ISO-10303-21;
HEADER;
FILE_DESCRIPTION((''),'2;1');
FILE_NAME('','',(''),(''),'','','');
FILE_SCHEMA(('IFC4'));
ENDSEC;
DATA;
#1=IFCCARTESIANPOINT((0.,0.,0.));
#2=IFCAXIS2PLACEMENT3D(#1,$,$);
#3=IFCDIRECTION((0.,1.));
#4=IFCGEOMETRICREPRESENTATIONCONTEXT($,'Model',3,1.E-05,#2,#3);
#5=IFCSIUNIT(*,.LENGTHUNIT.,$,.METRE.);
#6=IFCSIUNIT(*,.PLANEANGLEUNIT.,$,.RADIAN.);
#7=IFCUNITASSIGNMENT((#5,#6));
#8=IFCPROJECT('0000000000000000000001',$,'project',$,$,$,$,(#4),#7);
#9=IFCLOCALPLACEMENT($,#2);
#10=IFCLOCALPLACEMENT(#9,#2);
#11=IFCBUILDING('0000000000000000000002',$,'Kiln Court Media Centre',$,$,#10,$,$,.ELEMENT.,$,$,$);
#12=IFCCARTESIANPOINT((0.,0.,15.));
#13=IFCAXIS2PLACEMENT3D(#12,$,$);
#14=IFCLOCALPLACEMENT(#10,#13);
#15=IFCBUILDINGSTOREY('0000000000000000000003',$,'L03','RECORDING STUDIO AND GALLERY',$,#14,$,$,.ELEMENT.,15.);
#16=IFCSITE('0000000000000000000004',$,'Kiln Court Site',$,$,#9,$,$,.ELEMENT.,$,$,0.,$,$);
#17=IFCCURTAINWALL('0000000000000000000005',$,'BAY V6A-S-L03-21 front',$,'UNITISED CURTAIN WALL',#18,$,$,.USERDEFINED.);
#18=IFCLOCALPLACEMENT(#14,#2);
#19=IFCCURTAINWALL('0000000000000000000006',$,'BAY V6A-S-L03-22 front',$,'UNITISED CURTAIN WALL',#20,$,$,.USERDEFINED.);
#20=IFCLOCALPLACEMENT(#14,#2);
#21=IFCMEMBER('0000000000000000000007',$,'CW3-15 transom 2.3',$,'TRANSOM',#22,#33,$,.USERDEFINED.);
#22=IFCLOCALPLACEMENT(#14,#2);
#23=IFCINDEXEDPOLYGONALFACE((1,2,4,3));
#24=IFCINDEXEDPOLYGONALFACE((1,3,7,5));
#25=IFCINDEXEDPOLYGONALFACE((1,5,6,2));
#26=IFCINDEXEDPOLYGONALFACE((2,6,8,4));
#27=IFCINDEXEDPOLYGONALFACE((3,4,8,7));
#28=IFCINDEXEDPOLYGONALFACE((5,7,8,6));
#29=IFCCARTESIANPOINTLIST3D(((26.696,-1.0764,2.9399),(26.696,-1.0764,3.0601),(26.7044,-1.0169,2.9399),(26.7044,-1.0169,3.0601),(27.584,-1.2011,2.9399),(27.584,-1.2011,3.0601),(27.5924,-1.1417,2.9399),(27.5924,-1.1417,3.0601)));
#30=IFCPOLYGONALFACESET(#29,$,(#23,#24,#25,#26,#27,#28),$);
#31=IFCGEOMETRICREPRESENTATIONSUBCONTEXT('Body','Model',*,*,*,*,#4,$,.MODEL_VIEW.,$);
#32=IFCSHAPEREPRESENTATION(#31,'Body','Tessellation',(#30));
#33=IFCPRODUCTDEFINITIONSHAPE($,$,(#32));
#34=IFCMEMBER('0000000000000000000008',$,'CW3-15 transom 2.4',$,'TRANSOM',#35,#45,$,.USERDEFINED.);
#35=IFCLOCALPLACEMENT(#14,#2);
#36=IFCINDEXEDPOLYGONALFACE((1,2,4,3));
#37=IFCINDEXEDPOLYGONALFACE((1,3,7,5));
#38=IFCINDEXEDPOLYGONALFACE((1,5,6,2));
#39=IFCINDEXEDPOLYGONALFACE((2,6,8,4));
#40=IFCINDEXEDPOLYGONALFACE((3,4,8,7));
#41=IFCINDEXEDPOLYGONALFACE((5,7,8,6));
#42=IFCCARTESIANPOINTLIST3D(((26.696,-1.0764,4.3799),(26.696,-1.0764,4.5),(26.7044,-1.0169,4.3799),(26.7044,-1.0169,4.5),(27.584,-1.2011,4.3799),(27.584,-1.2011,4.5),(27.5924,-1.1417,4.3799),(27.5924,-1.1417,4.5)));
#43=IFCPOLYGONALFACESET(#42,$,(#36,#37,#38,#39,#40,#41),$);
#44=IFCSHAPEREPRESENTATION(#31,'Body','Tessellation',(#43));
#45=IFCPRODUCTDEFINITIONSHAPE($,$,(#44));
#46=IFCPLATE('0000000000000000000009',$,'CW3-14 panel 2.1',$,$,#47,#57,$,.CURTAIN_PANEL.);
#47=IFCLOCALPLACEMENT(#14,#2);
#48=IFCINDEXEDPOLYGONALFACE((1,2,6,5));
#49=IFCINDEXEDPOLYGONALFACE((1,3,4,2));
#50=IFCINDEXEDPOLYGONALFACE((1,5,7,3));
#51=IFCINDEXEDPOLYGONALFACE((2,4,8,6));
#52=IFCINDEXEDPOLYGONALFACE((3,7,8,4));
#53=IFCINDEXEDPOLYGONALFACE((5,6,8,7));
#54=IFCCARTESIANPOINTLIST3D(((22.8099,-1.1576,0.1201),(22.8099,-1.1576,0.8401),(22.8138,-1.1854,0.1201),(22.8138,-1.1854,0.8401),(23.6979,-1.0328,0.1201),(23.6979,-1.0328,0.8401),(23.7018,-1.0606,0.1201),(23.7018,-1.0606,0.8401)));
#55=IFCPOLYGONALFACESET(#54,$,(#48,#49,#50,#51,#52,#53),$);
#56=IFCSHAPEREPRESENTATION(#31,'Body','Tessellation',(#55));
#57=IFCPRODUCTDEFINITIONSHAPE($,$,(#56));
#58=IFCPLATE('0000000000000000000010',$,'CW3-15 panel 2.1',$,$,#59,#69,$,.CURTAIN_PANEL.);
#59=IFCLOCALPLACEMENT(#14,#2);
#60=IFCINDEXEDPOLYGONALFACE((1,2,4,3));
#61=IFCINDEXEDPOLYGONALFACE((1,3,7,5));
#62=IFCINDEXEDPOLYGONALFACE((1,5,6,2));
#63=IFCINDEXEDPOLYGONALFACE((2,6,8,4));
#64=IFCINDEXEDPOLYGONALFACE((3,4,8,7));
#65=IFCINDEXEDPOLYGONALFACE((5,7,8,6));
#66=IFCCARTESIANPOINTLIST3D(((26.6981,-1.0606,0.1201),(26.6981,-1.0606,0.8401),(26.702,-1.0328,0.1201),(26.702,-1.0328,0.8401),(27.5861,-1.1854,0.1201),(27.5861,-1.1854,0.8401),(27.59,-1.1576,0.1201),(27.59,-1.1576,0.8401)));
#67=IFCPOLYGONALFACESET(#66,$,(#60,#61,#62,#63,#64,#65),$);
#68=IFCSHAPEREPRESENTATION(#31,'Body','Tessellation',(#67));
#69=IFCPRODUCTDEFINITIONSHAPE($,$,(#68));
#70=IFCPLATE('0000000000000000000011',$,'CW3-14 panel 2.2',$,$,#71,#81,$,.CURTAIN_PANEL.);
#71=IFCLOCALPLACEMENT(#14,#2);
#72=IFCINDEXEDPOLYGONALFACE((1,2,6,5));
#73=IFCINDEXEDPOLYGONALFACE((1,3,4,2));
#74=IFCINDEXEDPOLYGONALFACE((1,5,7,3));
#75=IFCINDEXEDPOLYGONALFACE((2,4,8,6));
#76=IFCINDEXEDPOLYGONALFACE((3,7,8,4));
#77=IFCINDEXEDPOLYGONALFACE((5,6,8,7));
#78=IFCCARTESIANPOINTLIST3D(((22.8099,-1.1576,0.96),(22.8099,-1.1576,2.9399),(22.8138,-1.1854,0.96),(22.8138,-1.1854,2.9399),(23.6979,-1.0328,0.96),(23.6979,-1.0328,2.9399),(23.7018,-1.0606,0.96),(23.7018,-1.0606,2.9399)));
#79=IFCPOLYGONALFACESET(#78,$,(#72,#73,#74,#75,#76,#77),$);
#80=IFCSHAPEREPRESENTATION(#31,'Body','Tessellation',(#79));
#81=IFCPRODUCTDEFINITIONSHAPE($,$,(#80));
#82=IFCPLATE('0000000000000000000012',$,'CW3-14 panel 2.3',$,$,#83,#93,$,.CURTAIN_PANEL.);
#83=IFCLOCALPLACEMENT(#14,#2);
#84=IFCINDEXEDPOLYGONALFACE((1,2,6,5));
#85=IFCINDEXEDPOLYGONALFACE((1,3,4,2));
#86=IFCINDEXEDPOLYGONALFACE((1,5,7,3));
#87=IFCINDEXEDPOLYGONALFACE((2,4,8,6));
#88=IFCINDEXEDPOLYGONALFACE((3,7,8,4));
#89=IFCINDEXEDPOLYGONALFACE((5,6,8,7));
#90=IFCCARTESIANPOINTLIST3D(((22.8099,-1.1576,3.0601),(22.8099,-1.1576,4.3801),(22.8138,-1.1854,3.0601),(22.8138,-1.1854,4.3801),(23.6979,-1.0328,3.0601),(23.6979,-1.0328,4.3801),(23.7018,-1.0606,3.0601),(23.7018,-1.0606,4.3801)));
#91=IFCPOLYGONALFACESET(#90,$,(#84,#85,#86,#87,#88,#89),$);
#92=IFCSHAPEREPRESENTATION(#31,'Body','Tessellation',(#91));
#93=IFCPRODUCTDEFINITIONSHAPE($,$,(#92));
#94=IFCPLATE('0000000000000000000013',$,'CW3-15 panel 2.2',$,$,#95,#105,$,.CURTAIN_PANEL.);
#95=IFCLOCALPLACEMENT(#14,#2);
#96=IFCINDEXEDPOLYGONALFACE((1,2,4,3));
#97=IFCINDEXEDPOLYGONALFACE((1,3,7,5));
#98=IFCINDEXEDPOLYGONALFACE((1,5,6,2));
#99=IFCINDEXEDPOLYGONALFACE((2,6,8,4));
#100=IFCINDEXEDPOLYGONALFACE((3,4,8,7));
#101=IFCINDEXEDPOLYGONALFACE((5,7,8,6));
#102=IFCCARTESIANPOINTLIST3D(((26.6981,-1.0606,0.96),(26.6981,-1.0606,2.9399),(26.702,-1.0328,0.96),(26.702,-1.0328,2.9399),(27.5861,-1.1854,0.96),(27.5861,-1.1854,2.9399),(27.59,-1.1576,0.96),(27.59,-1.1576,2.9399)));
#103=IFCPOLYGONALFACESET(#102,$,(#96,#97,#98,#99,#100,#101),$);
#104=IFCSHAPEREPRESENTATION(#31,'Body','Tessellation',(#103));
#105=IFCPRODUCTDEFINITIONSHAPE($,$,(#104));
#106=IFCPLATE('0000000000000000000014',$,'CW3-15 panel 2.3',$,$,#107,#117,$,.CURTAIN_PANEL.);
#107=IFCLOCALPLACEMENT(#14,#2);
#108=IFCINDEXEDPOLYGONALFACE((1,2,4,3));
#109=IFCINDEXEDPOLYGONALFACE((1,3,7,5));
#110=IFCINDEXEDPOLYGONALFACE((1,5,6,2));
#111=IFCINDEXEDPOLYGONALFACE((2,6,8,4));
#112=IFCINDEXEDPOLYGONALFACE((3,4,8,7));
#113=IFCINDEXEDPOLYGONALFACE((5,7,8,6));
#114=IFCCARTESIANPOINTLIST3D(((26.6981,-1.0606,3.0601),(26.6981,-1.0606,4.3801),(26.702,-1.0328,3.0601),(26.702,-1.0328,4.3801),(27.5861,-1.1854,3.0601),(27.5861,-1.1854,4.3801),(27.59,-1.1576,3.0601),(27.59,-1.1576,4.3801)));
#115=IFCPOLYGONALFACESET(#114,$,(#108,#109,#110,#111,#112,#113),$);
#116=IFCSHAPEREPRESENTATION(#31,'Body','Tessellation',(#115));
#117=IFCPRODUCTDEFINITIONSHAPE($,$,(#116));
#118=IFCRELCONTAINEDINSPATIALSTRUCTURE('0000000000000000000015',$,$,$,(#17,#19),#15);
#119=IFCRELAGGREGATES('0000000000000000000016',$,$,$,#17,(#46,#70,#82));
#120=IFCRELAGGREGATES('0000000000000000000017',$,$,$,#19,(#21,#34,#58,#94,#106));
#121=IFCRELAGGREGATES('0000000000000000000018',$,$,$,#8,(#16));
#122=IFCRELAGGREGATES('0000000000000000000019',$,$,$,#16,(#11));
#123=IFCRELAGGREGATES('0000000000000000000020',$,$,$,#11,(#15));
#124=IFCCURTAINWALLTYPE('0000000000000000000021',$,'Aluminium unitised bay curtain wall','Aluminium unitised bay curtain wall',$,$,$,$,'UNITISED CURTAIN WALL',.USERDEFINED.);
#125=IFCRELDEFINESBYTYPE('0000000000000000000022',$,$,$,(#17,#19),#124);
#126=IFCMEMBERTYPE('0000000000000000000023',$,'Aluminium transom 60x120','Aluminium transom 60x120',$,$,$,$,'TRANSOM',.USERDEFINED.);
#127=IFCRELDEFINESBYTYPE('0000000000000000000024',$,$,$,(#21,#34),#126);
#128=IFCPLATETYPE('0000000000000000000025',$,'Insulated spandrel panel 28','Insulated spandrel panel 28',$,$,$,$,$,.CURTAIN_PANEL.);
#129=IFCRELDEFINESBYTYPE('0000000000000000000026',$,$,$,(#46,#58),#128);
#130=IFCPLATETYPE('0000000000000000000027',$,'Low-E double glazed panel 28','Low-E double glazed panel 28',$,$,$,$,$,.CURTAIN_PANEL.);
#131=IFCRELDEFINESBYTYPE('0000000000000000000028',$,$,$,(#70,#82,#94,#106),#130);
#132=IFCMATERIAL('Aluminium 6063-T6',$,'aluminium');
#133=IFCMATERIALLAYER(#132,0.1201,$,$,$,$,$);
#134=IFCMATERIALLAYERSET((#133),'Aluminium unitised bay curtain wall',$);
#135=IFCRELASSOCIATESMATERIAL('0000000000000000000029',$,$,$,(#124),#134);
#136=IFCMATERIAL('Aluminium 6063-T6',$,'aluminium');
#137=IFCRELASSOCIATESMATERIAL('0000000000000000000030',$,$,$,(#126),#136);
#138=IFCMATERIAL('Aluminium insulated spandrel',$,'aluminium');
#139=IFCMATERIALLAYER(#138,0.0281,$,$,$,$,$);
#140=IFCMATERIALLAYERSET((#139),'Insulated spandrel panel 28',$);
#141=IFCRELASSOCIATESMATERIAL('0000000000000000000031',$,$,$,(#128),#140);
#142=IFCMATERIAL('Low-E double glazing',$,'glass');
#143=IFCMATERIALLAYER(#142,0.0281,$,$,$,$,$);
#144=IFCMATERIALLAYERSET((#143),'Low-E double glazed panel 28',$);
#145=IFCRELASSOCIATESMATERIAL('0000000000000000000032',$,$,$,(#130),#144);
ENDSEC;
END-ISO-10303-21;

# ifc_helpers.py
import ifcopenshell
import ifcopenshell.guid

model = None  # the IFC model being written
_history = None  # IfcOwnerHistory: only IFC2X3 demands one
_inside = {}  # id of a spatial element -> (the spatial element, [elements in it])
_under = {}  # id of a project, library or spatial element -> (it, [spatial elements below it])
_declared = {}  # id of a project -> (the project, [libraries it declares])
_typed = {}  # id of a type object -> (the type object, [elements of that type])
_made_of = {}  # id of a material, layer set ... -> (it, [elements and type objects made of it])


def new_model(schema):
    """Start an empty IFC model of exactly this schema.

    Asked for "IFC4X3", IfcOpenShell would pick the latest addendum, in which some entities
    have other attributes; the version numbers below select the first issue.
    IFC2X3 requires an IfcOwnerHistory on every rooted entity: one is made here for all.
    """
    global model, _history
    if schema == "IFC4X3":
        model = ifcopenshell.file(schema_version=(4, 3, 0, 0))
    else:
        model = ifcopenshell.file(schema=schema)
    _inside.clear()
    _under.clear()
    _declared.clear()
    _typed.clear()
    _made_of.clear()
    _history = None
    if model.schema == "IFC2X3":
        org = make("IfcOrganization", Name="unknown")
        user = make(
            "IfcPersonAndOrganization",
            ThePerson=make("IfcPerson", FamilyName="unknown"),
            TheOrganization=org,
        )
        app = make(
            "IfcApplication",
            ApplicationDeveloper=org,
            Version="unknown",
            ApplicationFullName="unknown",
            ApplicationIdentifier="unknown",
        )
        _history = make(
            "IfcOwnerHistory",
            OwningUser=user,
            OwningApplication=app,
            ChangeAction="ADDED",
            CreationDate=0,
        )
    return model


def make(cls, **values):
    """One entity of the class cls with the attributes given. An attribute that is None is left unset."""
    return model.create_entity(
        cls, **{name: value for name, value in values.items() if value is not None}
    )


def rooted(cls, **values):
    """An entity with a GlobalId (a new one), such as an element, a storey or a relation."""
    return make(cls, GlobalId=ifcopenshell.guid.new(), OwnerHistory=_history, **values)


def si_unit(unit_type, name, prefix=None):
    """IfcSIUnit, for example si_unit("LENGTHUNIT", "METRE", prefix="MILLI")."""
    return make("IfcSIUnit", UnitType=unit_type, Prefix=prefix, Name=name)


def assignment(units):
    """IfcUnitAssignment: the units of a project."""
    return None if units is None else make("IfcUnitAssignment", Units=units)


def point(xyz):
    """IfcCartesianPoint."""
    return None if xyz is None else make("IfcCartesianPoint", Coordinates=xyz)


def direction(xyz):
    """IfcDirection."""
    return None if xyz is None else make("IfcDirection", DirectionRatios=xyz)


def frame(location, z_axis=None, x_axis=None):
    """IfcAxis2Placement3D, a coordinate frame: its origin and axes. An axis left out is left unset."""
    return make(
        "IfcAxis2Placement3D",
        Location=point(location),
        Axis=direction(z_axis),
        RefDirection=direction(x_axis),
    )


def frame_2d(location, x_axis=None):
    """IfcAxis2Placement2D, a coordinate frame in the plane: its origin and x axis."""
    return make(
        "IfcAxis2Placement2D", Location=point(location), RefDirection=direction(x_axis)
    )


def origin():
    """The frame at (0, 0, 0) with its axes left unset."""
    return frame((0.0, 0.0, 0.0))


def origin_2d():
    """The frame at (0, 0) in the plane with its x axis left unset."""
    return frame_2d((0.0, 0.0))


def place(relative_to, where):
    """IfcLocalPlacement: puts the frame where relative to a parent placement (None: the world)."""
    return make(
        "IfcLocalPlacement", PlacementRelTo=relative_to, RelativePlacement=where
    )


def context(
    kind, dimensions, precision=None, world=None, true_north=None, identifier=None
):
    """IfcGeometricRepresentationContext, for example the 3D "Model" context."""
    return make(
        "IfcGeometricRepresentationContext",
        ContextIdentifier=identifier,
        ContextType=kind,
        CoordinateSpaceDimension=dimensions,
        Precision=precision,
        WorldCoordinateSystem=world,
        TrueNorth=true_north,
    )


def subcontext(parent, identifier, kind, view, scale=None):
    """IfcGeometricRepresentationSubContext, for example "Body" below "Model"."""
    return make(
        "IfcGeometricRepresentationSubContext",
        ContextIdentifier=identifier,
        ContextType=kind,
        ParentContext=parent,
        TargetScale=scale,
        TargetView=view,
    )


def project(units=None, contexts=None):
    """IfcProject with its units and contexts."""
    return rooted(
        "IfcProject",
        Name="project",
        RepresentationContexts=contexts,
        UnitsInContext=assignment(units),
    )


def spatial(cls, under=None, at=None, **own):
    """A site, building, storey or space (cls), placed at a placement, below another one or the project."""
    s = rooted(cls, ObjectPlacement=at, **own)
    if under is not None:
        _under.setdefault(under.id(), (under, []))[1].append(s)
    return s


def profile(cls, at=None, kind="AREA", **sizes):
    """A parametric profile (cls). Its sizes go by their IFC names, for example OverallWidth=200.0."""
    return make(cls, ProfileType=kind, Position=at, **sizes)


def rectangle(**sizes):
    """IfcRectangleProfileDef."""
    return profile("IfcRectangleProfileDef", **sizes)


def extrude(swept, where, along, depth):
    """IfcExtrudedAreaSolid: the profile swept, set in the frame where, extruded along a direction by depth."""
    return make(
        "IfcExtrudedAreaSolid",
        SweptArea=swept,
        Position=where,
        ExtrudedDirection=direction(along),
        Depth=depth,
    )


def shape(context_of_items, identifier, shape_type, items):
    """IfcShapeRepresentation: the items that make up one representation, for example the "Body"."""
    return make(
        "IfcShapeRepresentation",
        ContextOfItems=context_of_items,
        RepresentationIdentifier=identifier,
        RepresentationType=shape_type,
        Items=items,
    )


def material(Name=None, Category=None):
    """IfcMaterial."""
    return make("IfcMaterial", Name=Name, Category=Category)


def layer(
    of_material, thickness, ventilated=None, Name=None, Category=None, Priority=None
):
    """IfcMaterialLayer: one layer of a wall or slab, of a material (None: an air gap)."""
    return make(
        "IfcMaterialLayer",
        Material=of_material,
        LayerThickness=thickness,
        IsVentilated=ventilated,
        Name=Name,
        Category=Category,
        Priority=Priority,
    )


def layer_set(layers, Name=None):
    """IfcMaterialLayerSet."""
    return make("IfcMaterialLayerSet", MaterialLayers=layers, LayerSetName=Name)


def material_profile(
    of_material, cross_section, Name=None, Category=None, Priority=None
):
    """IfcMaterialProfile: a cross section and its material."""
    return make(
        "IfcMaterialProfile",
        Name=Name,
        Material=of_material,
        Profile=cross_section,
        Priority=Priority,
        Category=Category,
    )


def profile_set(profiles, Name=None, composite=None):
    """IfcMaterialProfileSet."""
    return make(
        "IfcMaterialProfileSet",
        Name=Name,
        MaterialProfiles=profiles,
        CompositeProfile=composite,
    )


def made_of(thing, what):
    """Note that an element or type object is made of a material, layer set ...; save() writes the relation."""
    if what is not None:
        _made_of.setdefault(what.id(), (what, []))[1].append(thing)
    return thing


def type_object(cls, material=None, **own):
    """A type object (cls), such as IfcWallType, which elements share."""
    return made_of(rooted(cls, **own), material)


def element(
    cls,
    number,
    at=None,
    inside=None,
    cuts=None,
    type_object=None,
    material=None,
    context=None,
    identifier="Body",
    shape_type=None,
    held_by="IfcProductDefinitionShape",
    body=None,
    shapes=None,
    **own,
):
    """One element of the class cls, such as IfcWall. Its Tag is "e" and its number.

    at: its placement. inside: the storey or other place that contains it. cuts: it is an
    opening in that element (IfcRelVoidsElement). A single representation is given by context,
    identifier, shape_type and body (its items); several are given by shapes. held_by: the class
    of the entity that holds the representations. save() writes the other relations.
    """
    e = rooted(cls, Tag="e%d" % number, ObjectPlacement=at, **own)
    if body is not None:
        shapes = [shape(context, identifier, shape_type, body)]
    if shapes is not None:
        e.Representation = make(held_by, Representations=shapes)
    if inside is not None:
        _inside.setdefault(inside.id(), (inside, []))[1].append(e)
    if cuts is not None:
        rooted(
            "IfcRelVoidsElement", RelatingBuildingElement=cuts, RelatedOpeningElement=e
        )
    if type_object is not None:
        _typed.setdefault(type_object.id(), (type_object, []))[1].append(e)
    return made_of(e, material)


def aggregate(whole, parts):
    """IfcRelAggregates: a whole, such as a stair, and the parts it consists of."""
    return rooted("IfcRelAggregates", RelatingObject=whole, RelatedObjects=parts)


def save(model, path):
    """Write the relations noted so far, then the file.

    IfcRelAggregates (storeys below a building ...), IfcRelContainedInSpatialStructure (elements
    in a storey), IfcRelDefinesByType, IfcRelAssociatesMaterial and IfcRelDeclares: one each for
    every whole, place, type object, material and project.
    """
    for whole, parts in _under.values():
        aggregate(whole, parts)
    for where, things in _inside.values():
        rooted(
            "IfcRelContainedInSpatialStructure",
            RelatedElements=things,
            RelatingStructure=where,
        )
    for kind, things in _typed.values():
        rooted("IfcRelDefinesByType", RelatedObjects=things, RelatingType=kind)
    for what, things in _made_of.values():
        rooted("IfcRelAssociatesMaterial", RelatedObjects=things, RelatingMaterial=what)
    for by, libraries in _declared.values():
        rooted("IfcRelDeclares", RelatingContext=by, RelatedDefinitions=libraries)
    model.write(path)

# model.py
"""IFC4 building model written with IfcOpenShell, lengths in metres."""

from ifc_helpers import new_model, si_unit, direction, frame, origin, origin_2d, place, context, subcontext, project, spatial, rectangle, extrude, material, layer, layer_set, material_profile, profile_set, type_object, element, aggregate, save


model = new_model("IFC4")

# Units and contexts
model_context = context("Model", 3, precision=1e-05, world=origin(), true_north=direction((0.0, 1.0)))
body_context = subcontext(model_context, "Body", "Model", "MODEL_VIEW")
ifc_project = project(units=[si_unit("LENGTHUNIT", "METRE"), si_unit("PLANEANGLEUNIT", "RADIAN")], contexts=[model_context])

# Site, building, storey
site_placement = place(None, origin())
site = spatial("IfcSite", under=ifc_project, at=site_placement, Name="Kiln Court Site", CompositionType="ELEMENT", RefElevation=0.0)
building_placement = place(site_placement, origin())
building = spatial("IfcBuilding", under=site, at=building_placement, Name="Kiln Court Media Centre", CompositionType="ELEMENT")
storey_placement = place(building_placement, frame((0.0, 0.0, 15.0)))
storey = spatial("IfcBuildingStorey", under=building, at=storey_placement, Name="L03", Description="RECORDING STUDIO AND GALLERY", CompositionType="ELEMENT", Elevation=15.0)

# Curtain walls
ifc_material_1 = material(Name="Aluminium 6063-T6", Category="aluminium")
ifc_layer_1 = layer(ifc_material_1, 0.1201)
ifc_layer_set_1 = layer_set([ifc_layer_1], Name="Aluminium unitised bay curtain wall")
curtain_wall_type = type_object("IfcCurtainWallType", Name="Aluminium unitised bay curtain wall", Description="Aluminium unitised bay curtain wall", ElementType="UNITISED CURTAIN WALL", PredefinedType="USERDEFINED", material=ifc_layer_set_1)
curtain_wall_1_placement = place(storey_placement, origin())
curtain_wall_1 = element("IfcCurtainWall", 1, at=curtain_wall_1_placement, inside=storey, type_object=curtain_wall_type, Name="BAY V6A-S-L03-21 front", ObjectType="UNITISED CURTAIN WALL", PredefinedType="USERDEFINED")
curtain_wall_2_placement = place(storey_placement, origin())
curtain_wall_2 = element("IfcCurtainWall", 2, at=curtain_wall_2_placement, inside=storey, type_object=curtain_wall_type, Name="BAY V6A-S-L03-22 front", ObjectType="UNITISED CURTAIN WALL", PredefinedType="USERDEFINED")

# Members
ifc_material_2 = material(Name="Aluminium 6063-T6", Category="aluminium")
ifc_material_profile_1 = material_profile(ifc_material_2, rectangle(XDim=0.0601, YDim=0.1201, at=origin_2d()), Name="Aluminium transom 60x120")
ifc_profile_set_1 = profile_set([ifc_material_profile_1], Name="Aluminium 6063-T6")
member_type_1 = type_object("IfcMemberType", Name="Aluminium transom 60x120", Description="Aluminium transom 60x120", ElementType="TRANSOM", PredefinedType="USERDEFINED", material=ifc_profile_set_1)
member_1_placement = place(storey_placement, frame((26.7002, -1.0466, 3.0), z_axis=(0.990274, -0.139134, 0.0), x_axis=(0.139134, 0.990274, 0.0)))
member_1 = element("IfcMember", 3, at=member_1_placement, type_object=member_type_1, Name="CW3-15 transom 2.3", ObjectType="TRANSOM", PredefinedType="USERDEFINED", context=body_context, shape_type="SweptSolid", body=[
    extrude(rectangle(XDim=0.0601, YDim=0.1201, at=origin_2d()), origin(), (0.0, 0.0, 1.0), 0.8967),
])
member_2_placement = place(storey_placement, frame((26.7002, -1.0466, 4.4399), z_axis=(0.990274, -0.139134, 0.0), x_axis=(0.139134, 0.990274, 0.0)))
member_2 = element("IfcMember", 4, at=member_2_placement, type_object=member_type_1, Name="CW3-15 transom 2.4", ObjectType="TRANSOM", PredefinedType="USERDEFINED", context=body_context, shape_type="SweptSolid", body=[
    extrude(rectangle(XDim=0.0601, YDim=0.1201, at=origin_2d()), origin(), (0.0, 0.0, 1.0), 0.8967),
])

# Plates
ifc_material_3 = material(Name="Aluminium insulated spandrel", Category="aluminium")
ifc_layer_2 = layer(ifc_material_3, 0.0281)
ifc_layer_set_2 = layer_set([ifc_layer_2], Name="Insulated spandrel panel 28")
plate_type_1 = type_object("IfcPlateType", Name="Insulated spandrel panel 28", Description="Insulated spandrel panel 28", PredefinedType="CURTAIN_PANEL", material=ifc_layer_set_2)
plate_1_placement = place(storey_placement, frame((23.2559, -1.1091, 0.1201), z_axis=(0.0, 0.0, 1.0), x_axis=(0.99027, 0.139162, 0.0)))
plate_1 = element("IfcPlate", 5, at=plate_1_placement, type_object=plate_type_1, Name="CW3-14 panel 2.1", PredefinedType="CURTAIN_PANEL", context=body_context, shape_type="SweptSolid", body=[
    extrude(rectangle(XDim=0.8967, YDim=0.0281, at=origin_2d()), origin(), (0.0, 0.0, 1.0), 0.72),
])
plate_2_placement = place(storey_placement, frame((27.144, -1.1091, 0.1201), z_axis=(0.0, 0.0, 1.0), x_axis=(0.99027, -0.139162, 0.0)))
plate_2 = element("IfcPlate", 6, at=plate_2_placement, type_object=plate_type_1, Name="CW3-15 panel 2.1", PredefinedType="CURTAIN_PANEL", context=body_context, shape_type="SweptSolid", body=[
    extrude(rectangle(XDim=0.8967, YDim=0.0281, at=origin_2d()), origin(), (0.0, 0.0, 1.0), 0.72),
])
ifc_material_4 = material(Name="Low-E double glazing", Category="glass")
ifc_layer_3 = layer(ifc_material_4, 0.0281)
ifc_layer_set_3 = layer_set([ifc_layer_3], Name="Low-E double glazed panel 28")
plate_type_2 = type_object("IfcPlateType", Name="Low-E double glazed panel 28", Description="Low-E double glazed panel 28", PredefinedType="CURTAIN_PANEL", material=ifc_layer_set_3)
plate_3_placement = place(storey_placement, frame((23.2559, -1.1091, 0.96), z_axis=(0.0, 0.0, 1.0), x_axis=(0.99027, 0.139162, 0.0)))
plate_3 = element("IfcPlate", 7, at=plate_3_placement, type_object=plate_type_2, Name="CW3-14 panel 2.2", PredefinedType="CURTAIN_PANEL", context=body_context, shape_type="SweptSolid", body=[
    extrude(rectangle(XDim=0.8967, YDim=0.0281, at=origin_2d()), origin(), (0.0, 0.0, 1.0), 1.98),
])
plate_4_placement = place(storey_placement, frame((23.2559, -1.1091, 3.0601), z_axis=(0.0, 0.0, 1.0), x_axis=(0.99027, 0.139162, 0.0)))
plate_4 = element("IfcPlate", 8, at=plate_4_placement, type_object=plate_type_2, Name="CW3-14 panel 2.3", PredefinedType="CURTAIN_PANEL", context=body_context, shape_type="SweptSolid", body=[
    extrude(rectangle(XDim=0.8967, YDim=0.0281, at=origin_2d()), origin(), (0.0, 0.0, 1.0), 1.3201),
])
aggregate(curtain_wall_1, [plate_1, plate_3, plate_4])
plate_5_placement = place(storey_placement, frame((27.144, -1.1091, 0.96), z_axis=(0.0, 0.0, 1.0), x_axis=(0.99027, -0.139162, 0.0)))
plate_5 = element("IfcPlate", 9, at=plate_5_placement, type_object=plate_type_2, Name="CW3-15 panel 2.2", PredefinedType="CURTAIN_PANEL", context=body_context, shape_type="SweptSolid", body=[
    extrude(rectangle(XDim=0.8967, YDim=0.0281, at=origin_2d()), origin(), (0.0, 0.0, 1.0), 1.98),
])
plate_6_placement = place(storey_placement, frame((27.144, -1.1091, 3.0601), z_axis=(0.0, 0.0, 1.0), x_axis=(0.99027, -0.139162, 0.0)))
plate_6 = element("IfcPlate", 10, at=plate_6_placement, type_object=plate_type_2, Name="CW3-15 panel 2.3", PredefinedType="CURTAIN_PANEL", context=body_context, shape_type="SweptSolid", body=[
    extrude(rectangle(XDim=0.8967, YDim=0.0281, at=origin_2d()), origin(), (0.0, 0.0, 1.0), 1.3201),
])
aggregate(curtain_wall_2, [member_1, member_2, plate_2, plate_5, plate_6])

save(model, "model.ifc")
